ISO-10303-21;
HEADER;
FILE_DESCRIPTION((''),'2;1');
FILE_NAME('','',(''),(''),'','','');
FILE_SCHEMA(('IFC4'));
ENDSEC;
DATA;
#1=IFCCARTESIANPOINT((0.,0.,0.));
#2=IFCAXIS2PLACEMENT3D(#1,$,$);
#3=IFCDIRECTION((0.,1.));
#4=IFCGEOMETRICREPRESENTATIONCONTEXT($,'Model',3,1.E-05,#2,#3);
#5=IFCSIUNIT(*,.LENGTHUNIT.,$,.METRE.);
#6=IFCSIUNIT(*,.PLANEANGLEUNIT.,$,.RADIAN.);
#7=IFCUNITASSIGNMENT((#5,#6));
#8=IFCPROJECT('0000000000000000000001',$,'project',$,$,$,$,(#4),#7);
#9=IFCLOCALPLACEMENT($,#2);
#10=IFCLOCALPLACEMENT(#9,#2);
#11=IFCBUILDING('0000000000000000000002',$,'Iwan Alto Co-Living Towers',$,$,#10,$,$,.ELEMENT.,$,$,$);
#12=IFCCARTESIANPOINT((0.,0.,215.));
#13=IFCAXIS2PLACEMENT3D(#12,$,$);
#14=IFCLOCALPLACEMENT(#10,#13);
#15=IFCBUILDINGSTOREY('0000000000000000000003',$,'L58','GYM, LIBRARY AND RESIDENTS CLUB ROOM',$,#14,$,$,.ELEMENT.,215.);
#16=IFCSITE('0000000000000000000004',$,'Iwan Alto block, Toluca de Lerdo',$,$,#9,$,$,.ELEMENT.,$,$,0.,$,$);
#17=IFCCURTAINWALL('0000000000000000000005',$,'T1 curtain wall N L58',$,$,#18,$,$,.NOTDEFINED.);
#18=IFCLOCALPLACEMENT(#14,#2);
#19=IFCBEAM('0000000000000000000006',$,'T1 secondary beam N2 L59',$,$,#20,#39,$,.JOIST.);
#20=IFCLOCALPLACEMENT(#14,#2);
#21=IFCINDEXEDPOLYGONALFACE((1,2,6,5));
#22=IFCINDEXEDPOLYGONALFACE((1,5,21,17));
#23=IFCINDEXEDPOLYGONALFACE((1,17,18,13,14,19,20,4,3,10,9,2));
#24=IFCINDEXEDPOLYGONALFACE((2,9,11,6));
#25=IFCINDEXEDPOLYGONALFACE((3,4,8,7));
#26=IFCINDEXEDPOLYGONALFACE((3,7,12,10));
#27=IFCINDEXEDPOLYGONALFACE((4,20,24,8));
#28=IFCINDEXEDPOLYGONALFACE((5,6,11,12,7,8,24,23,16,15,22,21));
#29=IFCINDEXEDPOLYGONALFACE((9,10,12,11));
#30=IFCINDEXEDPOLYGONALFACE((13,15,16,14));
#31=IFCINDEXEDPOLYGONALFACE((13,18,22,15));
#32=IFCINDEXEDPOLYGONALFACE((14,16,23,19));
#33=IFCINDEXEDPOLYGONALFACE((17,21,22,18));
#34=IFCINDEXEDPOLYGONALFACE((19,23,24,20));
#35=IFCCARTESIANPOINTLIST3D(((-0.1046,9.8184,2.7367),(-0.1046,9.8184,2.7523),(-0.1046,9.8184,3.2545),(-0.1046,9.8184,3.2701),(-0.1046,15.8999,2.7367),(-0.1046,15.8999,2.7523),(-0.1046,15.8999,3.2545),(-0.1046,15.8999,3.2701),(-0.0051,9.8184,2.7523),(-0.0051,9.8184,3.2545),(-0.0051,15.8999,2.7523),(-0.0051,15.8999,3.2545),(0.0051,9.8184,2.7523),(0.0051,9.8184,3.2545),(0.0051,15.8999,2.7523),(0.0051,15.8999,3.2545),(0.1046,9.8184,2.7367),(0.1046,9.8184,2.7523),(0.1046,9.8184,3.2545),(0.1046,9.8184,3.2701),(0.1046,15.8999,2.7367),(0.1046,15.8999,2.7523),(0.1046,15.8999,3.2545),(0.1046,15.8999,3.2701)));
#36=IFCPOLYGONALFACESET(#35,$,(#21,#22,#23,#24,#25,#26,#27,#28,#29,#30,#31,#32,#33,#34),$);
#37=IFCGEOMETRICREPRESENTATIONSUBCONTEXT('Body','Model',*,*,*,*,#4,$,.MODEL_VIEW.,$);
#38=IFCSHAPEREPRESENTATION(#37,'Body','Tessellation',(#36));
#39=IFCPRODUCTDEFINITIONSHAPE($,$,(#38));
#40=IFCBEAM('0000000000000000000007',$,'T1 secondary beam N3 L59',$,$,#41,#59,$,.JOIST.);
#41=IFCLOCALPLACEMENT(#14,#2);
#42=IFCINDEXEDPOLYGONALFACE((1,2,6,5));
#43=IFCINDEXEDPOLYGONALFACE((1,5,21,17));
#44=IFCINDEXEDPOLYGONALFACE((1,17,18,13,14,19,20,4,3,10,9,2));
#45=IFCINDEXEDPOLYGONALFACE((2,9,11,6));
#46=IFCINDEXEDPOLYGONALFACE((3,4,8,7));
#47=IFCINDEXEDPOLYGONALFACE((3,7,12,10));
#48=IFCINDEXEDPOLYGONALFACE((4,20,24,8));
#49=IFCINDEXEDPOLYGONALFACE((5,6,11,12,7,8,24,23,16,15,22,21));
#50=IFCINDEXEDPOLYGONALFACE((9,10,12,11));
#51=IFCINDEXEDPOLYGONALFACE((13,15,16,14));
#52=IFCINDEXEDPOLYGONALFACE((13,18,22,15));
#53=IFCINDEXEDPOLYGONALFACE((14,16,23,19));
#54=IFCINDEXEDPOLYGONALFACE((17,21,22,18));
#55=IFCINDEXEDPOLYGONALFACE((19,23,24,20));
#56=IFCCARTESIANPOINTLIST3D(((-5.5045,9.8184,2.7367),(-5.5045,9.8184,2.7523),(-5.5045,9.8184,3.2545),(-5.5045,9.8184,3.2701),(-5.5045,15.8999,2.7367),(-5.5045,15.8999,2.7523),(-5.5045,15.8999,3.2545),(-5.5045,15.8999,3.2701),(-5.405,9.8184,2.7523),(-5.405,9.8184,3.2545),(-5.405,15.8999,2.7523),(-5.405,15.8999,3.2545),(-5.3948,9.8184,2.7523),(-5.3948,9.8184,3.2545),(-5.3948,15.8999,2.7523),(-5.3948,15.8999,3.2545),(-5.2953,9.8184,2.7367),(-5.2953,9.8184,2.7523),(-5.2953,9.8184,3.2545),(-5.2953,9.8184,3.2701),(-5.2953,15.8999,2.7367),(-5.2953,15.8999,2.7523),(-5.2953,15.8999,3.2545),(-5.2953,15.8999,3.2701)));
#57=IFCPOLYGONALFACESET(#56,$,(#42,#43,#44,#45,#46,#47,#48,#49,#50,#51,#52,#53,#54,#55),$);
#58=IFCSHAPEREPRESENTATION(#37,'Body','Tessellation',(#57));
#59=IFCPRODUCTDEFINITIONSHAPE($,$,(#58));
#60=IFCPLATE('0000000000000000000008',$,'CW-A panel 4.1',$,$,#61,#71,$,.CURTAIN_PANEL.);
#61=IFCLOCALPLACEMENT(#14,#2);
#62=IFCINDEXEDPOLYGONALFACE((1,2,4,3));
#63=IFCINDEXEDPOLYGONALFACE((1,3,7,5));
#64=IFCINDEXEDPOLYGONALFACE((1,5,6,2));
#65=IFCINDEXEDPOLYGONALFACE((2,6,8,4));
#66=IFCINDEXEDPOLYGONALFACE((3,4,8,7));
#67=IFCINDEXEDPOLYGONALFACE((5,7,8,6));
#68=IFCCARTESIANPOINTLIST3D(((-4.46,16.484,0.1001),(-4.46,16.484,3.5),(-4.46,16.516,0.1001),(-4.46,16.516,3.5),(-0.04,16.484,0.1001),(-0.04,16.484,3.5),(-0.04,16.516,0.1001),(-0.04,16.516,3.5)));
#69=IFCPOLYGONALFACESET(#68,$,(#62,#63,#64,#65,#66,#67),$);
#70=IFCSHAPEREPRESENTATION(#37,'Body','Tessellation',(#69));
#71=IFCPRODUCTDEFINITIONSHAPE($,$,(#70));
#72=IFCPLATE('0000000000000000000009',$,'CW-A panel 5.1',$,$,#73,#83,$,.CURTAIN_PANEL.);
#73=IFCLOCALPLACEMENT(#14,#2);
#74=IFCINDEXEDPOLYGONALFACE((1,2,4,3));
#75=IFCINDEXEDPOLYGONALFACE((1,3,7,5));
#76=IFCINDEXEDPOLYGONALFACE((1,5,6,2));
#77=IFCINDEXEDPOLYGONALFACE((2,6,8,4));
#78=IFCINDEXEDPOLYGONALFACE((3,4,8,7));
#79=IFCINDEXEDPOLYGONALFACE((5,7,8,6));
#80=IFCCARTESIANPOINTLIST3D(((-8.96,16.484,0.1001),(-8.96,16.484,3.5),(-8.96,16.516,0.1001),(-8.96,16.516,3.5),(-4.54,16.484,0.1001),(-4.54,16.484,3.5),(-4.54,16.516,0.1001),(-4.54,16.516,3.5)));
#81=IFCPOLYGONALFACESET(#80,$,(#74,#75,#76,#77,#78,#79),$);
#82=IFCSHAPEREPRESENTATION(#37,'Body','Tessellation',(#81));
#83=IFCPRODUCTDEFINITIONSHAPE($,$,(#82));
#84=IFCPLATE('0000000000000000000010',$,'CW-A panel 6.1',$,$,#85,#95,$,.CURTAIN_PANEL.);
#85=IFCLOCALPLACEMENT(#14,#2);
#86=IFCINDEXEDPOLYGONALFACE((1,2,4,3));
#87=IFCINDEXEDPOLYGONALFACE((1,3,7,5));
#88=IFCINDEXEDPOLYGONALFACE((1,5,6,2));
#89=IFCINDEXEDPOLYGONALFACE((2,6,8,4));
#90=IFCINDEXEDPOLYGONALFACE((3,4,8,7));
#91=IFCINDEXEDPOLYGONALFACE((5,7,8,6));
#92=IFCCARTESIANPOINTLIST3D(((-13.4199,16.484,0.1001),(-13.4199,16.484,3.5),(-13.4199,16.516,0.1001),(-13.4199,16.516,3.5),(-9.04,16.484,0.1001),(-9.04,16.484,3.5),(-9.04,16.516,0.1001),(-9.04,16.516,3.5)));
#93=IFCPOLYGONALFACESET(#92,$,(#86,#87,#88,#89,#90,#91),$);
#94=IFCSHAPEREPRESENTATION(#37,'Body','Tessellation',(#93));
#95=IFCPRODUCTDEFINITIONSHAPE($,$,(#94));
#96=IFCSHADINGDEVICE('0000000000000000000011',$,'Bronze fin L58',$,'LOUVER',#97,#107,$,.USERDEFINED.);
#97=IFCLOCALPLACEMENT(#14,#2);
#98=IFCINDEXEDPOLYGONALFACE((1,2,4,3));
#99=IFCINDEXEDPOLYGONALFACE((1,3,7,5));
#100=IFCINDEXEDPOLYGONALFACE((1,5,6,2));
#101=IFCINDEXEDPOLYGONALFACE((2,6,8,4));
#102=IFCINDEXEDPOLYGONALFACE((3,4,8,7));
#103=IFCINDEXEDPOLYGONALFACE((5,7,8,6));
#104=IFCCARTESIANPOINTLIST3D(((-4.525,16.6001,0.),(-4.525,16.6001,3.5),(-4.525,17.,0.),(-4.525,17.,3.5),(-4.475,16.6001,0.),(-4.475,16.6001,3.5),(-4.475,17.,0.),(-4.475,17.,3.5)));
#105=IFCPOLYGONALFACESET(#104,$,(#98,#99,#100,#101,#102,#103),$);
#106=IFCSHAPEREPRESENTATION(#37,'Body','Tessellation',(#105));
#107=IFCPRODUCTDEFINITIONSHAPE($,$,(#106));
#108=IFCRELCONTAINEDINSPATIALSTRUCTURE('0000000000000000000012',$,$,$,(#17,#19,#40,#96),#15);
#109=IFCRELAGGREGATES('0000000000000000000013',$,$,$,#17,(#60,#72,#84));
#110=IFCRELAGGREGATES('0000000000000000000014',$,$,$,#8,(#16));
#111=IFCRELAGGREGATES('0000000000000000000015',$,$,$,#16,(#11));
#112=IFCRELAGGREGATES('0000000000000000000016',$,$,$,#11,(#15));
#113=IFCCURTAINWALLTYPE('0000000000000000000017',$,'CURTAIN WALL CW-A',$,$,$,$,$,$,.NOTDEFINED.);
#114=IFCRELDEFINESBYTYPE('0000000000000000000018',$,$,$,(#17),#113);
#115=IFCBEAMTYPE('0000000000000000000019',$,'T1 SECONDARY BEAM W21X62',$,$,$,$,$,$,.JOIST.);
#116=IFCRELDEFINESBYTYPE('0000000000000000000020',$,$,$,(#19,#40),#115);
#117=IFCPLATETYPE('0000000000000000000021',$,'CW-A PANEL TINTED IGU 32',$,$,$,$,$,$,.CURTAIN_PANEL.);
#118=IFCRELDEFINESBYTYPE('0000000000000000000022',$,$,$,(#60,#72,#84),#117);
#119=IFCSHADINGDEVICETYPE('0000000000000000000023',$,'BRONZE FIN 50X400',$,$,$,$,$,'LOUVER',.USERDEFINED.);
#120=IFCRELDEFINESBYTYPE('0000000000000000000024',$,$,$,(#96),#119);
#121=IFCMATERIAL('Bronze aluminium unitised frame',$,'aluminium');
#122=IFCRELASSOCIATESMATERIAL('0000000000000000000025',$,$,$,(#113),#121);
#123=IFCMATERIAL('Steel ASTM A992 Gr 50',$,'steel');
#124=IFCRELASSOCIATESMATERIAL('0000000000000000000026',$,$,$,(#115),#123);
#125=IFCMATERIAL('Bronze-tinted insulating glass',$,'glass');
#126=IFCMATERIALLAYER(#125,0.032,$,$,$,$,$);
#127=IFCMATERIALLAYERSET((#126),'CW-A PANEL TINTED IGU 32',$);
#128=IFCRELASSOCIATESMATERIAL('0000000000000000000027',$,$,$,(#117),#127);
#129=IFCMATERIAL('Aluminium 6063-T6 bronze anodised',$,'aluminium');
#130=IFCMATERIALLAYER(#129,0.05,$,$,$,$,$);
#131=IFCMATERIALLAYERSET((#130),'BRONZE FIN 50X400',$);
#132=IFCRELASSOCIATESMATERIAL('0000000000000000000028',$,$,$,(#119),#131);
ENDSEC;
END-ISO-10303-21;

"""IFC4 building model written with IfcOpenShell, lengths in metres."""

from ifc_helpers import new_model, si_unit, direction, frame, origin, origin_2d, place, context, subcontext, project, spatial, rectangle, i_section, extrude, material, layer, layer_set, material_profile, profile_set, type_object, element, aggregate, save


model = new_model("IFC4")

# Units and contexts
model_context = context("Model", 3, precision=1e-05, world=origin(), true_north=direction((0.0, 1.0)))
body_context = subcontext(model_context, "Body", "Model", "MODEL_VIEW")
ifc_project = project(units=[si_unit("LENGTHUNIT", "METRE"), si_unit("PLANEANGLEUNIT", "RADIAN")], contexts=[model_context])

# Site, building, storey
site_placement = place(None, origin())
site = spatial("IfcSite", under=ifc_project, at=site_placement, Name="Iwan Alto block, Toluca de Lerdo", CompositionType="ELEMENT", RefElevation=0.0)
building_placement = place(site_placement, origin())
building = spatial("IfcBuilding", under=site, at=building_placement, Name="Iwan Alto Co-Living Towers", CompositionType="ELEMENT")
storey_placement = place(building_placement, frame((0.0, 0.0, 215.0)))
storey = spatial("IfcBuildingStorey", under=building, at=storey_placement, Name="L58", Description="GYM, LIBRARY AND RESIDENTS CLUB ROOM", CompositionType="ELEMENT", Elevation=215.0)

# Curtain wall
ifc_material_1 = material(Name="Bronze aluminium unitised frame", Category="aluminium")
curtain_wall_type_1 = type_object("IfcCurtainWallType", Name="CURTAIN WALL CW-A", PredefinedType="NOTDEFINED", material=ifc_material_1)
curtain_wall_1_placement = place(storey_placement, origin())
curtain_wall_1 = element("IfcCurtainWall", 1, at=curtain_wall_1_placement, inside=storey, type_object=curtain_wall_type_1, Name="T1 curtain wall N L58", PredefinedType="NOTDEFINED")

# Beams
ifc_material_2 = material(Name="Steel ASTM A992 Gr 50", Category="steel")
ifc_material_profile_1 = material_profile(ifc_material_2, i_section(OverallWidth=0.2092, OverallDepth=0.5334, WebThickness=0.0103, FlangeThickness=0.0156, at=origin_2d()), Name="W21X62")
ifc_profile_set_1 = profile_set([ifc_material_profile_1], Name="Steel ASTM A992 Gr 50")
beam_type_1 = type_object("IfcBeamType", Name="T1 SECONDARY BEAM W21X62", PredefinedType="JOIST", material=ifc_profile_set_1)
for number, where, z_axis, x_axis, name in (
    (2, (0.0, 15.8999, 3.0034), (0.0, -1.0, 0.0), (1.0, 0.0, 0.0), "T1 secondary beam N2 L59"),
    (3, (-5.3999, 15.8999, 3.0034), (0.0, -1.0, 0.0), (1.0, 0.0, 0.0), "T1 secondary beam N3 L59"),
):
    element("IfcBeam", number, at=place(storey_placement, frame(where, z_axis=z_axis, x_axis=x_axis)), inside=storey, type_object=beam_type_1, Name=name, PredefinedType="JOIST", context=body_context, shape_type="SweptSolid", body=[
        extrude(i_section(OverallWidth=0.2092, OverallDepth=0.5334, WebThickness=0.0103, FlangeThickness=0.0156, at=origin_2d()), origin(), (0.0, 0.0, 1.0), 6.0815),
    ])

# Plates
ifc_material_3 = material(Name="Bronze-tinted insulating glass", Category="glass")
ifc_layer_1 = layer(ifc_material_3, 0.032)
ifc_layer_set_1 = layer_set([ifc_layer_1], Name="CW-A PANEL TINTED IGU 32")
plate_type = type_object("IfcPlateType", Name="CW-A PANEL TINTED IGU 32", PredefinedType="CURTAIN_PANEL", material=ifc_layer_set_1)
plate_1_placement = place(storey_placement, frame((-2.25, 16.5, 0.1001), z_axis=(0.0, 0.0, 1.0), x_axis=(-1.0, 0.0, 0.0)))
plate_1 = element("IfcPlate", 4, at=plate_1_placement, type_object=plate_type, Name="CW-A panel 4.1", PredefinedType="CURTAIN_PANEL", context=body_context, shape_type="SweptSolid", body=[
    extrude(rectangle(XDim=4.4199, YDim=0.032, at=origin_2d()), origin(), (0.0, 0.0, 1.0), 3.3999),
])
plate_2_placement = place(storey_placement, frame((-6.75, 16.5, 0.1001), z_axis=(0.0, 0.0, 1.0), x_axis=(-1.0, 0.0, 0.0)))
plate_2 = element("IfcPlate", 5, at=plate_2_placement, type_object=plate_type, Name="CW-A panel 5.1", PredefinedType="CURTAIN_PANEL", context=body_context, shape_type="SweptSolid", body=[
    extrude(rectangle(XDim=4.4199, YDim=0.032, at=origin_2d()), origin(), (0.0, 0.0, 1.0), 3.3999),
])
plate_3_placement = place(storey_placement, frame((-11.23, 16.5, 0.1001), z_axis=(0.0, 0.0, 1.0), x_axis=(-1.0, 0.0, 0.0)))
plate_3 = element("IfcPlate", 6, at=plate_3_placement, type_object=plate_type, Name="CW-A panel 6.1", PredefinedType="CURTAIN_PANEL", context=body_context, shape_type="SweptSolid", body=[
    extrude(rectangle(XDim=4.3799, YDim=0.032, at=origin_2d()), origin(), (0.0, 0.0, 1.0), 3.3999),
])
aggregate(curtain_wall_1, [plate_1, plate_2, plate_3])

# Shading device
ifc_material_4 = material(Name="Aluminium 6063-T6 bronze anodised", Category="aluminium")
ifc_layer_2 = layer(ifc_material_4, 0.05)
ifc_layer_set_2 = layer_set([ifc_layer_2], Name="BRONZE FIN 50X400")
shading_device_type = type_object("IfcShadingDeviceType", Name="BRONZE FIN 50X400", ElementType="LOUVER", PredefinedType="USERDEFINED", material=ifc_layer_set_2)
shading_device_placement = place(storey_placement, frame((-4.5, 16.8, 0.0), z_axis=(0.0, 0.0, 1.0), x_axis=(-1.0, 0.0, 0.0)))
element("IfcShadingDevice", 7, at=shading_device_placement, inside=storey, type_object=shading_device_type, Name="Bronze fin L58", ObjectType="LOUVER", PredefinedType="USERDEFINED", context=body_context, shape_type="SweptSolid", body=[
    extrude(rectangle(XDim=0.05, YDim=0.3999, at=origin_2d()), origin(), (0.0, 0.0, 1.0), 3.5),
])

save(model, "model.ifc")
